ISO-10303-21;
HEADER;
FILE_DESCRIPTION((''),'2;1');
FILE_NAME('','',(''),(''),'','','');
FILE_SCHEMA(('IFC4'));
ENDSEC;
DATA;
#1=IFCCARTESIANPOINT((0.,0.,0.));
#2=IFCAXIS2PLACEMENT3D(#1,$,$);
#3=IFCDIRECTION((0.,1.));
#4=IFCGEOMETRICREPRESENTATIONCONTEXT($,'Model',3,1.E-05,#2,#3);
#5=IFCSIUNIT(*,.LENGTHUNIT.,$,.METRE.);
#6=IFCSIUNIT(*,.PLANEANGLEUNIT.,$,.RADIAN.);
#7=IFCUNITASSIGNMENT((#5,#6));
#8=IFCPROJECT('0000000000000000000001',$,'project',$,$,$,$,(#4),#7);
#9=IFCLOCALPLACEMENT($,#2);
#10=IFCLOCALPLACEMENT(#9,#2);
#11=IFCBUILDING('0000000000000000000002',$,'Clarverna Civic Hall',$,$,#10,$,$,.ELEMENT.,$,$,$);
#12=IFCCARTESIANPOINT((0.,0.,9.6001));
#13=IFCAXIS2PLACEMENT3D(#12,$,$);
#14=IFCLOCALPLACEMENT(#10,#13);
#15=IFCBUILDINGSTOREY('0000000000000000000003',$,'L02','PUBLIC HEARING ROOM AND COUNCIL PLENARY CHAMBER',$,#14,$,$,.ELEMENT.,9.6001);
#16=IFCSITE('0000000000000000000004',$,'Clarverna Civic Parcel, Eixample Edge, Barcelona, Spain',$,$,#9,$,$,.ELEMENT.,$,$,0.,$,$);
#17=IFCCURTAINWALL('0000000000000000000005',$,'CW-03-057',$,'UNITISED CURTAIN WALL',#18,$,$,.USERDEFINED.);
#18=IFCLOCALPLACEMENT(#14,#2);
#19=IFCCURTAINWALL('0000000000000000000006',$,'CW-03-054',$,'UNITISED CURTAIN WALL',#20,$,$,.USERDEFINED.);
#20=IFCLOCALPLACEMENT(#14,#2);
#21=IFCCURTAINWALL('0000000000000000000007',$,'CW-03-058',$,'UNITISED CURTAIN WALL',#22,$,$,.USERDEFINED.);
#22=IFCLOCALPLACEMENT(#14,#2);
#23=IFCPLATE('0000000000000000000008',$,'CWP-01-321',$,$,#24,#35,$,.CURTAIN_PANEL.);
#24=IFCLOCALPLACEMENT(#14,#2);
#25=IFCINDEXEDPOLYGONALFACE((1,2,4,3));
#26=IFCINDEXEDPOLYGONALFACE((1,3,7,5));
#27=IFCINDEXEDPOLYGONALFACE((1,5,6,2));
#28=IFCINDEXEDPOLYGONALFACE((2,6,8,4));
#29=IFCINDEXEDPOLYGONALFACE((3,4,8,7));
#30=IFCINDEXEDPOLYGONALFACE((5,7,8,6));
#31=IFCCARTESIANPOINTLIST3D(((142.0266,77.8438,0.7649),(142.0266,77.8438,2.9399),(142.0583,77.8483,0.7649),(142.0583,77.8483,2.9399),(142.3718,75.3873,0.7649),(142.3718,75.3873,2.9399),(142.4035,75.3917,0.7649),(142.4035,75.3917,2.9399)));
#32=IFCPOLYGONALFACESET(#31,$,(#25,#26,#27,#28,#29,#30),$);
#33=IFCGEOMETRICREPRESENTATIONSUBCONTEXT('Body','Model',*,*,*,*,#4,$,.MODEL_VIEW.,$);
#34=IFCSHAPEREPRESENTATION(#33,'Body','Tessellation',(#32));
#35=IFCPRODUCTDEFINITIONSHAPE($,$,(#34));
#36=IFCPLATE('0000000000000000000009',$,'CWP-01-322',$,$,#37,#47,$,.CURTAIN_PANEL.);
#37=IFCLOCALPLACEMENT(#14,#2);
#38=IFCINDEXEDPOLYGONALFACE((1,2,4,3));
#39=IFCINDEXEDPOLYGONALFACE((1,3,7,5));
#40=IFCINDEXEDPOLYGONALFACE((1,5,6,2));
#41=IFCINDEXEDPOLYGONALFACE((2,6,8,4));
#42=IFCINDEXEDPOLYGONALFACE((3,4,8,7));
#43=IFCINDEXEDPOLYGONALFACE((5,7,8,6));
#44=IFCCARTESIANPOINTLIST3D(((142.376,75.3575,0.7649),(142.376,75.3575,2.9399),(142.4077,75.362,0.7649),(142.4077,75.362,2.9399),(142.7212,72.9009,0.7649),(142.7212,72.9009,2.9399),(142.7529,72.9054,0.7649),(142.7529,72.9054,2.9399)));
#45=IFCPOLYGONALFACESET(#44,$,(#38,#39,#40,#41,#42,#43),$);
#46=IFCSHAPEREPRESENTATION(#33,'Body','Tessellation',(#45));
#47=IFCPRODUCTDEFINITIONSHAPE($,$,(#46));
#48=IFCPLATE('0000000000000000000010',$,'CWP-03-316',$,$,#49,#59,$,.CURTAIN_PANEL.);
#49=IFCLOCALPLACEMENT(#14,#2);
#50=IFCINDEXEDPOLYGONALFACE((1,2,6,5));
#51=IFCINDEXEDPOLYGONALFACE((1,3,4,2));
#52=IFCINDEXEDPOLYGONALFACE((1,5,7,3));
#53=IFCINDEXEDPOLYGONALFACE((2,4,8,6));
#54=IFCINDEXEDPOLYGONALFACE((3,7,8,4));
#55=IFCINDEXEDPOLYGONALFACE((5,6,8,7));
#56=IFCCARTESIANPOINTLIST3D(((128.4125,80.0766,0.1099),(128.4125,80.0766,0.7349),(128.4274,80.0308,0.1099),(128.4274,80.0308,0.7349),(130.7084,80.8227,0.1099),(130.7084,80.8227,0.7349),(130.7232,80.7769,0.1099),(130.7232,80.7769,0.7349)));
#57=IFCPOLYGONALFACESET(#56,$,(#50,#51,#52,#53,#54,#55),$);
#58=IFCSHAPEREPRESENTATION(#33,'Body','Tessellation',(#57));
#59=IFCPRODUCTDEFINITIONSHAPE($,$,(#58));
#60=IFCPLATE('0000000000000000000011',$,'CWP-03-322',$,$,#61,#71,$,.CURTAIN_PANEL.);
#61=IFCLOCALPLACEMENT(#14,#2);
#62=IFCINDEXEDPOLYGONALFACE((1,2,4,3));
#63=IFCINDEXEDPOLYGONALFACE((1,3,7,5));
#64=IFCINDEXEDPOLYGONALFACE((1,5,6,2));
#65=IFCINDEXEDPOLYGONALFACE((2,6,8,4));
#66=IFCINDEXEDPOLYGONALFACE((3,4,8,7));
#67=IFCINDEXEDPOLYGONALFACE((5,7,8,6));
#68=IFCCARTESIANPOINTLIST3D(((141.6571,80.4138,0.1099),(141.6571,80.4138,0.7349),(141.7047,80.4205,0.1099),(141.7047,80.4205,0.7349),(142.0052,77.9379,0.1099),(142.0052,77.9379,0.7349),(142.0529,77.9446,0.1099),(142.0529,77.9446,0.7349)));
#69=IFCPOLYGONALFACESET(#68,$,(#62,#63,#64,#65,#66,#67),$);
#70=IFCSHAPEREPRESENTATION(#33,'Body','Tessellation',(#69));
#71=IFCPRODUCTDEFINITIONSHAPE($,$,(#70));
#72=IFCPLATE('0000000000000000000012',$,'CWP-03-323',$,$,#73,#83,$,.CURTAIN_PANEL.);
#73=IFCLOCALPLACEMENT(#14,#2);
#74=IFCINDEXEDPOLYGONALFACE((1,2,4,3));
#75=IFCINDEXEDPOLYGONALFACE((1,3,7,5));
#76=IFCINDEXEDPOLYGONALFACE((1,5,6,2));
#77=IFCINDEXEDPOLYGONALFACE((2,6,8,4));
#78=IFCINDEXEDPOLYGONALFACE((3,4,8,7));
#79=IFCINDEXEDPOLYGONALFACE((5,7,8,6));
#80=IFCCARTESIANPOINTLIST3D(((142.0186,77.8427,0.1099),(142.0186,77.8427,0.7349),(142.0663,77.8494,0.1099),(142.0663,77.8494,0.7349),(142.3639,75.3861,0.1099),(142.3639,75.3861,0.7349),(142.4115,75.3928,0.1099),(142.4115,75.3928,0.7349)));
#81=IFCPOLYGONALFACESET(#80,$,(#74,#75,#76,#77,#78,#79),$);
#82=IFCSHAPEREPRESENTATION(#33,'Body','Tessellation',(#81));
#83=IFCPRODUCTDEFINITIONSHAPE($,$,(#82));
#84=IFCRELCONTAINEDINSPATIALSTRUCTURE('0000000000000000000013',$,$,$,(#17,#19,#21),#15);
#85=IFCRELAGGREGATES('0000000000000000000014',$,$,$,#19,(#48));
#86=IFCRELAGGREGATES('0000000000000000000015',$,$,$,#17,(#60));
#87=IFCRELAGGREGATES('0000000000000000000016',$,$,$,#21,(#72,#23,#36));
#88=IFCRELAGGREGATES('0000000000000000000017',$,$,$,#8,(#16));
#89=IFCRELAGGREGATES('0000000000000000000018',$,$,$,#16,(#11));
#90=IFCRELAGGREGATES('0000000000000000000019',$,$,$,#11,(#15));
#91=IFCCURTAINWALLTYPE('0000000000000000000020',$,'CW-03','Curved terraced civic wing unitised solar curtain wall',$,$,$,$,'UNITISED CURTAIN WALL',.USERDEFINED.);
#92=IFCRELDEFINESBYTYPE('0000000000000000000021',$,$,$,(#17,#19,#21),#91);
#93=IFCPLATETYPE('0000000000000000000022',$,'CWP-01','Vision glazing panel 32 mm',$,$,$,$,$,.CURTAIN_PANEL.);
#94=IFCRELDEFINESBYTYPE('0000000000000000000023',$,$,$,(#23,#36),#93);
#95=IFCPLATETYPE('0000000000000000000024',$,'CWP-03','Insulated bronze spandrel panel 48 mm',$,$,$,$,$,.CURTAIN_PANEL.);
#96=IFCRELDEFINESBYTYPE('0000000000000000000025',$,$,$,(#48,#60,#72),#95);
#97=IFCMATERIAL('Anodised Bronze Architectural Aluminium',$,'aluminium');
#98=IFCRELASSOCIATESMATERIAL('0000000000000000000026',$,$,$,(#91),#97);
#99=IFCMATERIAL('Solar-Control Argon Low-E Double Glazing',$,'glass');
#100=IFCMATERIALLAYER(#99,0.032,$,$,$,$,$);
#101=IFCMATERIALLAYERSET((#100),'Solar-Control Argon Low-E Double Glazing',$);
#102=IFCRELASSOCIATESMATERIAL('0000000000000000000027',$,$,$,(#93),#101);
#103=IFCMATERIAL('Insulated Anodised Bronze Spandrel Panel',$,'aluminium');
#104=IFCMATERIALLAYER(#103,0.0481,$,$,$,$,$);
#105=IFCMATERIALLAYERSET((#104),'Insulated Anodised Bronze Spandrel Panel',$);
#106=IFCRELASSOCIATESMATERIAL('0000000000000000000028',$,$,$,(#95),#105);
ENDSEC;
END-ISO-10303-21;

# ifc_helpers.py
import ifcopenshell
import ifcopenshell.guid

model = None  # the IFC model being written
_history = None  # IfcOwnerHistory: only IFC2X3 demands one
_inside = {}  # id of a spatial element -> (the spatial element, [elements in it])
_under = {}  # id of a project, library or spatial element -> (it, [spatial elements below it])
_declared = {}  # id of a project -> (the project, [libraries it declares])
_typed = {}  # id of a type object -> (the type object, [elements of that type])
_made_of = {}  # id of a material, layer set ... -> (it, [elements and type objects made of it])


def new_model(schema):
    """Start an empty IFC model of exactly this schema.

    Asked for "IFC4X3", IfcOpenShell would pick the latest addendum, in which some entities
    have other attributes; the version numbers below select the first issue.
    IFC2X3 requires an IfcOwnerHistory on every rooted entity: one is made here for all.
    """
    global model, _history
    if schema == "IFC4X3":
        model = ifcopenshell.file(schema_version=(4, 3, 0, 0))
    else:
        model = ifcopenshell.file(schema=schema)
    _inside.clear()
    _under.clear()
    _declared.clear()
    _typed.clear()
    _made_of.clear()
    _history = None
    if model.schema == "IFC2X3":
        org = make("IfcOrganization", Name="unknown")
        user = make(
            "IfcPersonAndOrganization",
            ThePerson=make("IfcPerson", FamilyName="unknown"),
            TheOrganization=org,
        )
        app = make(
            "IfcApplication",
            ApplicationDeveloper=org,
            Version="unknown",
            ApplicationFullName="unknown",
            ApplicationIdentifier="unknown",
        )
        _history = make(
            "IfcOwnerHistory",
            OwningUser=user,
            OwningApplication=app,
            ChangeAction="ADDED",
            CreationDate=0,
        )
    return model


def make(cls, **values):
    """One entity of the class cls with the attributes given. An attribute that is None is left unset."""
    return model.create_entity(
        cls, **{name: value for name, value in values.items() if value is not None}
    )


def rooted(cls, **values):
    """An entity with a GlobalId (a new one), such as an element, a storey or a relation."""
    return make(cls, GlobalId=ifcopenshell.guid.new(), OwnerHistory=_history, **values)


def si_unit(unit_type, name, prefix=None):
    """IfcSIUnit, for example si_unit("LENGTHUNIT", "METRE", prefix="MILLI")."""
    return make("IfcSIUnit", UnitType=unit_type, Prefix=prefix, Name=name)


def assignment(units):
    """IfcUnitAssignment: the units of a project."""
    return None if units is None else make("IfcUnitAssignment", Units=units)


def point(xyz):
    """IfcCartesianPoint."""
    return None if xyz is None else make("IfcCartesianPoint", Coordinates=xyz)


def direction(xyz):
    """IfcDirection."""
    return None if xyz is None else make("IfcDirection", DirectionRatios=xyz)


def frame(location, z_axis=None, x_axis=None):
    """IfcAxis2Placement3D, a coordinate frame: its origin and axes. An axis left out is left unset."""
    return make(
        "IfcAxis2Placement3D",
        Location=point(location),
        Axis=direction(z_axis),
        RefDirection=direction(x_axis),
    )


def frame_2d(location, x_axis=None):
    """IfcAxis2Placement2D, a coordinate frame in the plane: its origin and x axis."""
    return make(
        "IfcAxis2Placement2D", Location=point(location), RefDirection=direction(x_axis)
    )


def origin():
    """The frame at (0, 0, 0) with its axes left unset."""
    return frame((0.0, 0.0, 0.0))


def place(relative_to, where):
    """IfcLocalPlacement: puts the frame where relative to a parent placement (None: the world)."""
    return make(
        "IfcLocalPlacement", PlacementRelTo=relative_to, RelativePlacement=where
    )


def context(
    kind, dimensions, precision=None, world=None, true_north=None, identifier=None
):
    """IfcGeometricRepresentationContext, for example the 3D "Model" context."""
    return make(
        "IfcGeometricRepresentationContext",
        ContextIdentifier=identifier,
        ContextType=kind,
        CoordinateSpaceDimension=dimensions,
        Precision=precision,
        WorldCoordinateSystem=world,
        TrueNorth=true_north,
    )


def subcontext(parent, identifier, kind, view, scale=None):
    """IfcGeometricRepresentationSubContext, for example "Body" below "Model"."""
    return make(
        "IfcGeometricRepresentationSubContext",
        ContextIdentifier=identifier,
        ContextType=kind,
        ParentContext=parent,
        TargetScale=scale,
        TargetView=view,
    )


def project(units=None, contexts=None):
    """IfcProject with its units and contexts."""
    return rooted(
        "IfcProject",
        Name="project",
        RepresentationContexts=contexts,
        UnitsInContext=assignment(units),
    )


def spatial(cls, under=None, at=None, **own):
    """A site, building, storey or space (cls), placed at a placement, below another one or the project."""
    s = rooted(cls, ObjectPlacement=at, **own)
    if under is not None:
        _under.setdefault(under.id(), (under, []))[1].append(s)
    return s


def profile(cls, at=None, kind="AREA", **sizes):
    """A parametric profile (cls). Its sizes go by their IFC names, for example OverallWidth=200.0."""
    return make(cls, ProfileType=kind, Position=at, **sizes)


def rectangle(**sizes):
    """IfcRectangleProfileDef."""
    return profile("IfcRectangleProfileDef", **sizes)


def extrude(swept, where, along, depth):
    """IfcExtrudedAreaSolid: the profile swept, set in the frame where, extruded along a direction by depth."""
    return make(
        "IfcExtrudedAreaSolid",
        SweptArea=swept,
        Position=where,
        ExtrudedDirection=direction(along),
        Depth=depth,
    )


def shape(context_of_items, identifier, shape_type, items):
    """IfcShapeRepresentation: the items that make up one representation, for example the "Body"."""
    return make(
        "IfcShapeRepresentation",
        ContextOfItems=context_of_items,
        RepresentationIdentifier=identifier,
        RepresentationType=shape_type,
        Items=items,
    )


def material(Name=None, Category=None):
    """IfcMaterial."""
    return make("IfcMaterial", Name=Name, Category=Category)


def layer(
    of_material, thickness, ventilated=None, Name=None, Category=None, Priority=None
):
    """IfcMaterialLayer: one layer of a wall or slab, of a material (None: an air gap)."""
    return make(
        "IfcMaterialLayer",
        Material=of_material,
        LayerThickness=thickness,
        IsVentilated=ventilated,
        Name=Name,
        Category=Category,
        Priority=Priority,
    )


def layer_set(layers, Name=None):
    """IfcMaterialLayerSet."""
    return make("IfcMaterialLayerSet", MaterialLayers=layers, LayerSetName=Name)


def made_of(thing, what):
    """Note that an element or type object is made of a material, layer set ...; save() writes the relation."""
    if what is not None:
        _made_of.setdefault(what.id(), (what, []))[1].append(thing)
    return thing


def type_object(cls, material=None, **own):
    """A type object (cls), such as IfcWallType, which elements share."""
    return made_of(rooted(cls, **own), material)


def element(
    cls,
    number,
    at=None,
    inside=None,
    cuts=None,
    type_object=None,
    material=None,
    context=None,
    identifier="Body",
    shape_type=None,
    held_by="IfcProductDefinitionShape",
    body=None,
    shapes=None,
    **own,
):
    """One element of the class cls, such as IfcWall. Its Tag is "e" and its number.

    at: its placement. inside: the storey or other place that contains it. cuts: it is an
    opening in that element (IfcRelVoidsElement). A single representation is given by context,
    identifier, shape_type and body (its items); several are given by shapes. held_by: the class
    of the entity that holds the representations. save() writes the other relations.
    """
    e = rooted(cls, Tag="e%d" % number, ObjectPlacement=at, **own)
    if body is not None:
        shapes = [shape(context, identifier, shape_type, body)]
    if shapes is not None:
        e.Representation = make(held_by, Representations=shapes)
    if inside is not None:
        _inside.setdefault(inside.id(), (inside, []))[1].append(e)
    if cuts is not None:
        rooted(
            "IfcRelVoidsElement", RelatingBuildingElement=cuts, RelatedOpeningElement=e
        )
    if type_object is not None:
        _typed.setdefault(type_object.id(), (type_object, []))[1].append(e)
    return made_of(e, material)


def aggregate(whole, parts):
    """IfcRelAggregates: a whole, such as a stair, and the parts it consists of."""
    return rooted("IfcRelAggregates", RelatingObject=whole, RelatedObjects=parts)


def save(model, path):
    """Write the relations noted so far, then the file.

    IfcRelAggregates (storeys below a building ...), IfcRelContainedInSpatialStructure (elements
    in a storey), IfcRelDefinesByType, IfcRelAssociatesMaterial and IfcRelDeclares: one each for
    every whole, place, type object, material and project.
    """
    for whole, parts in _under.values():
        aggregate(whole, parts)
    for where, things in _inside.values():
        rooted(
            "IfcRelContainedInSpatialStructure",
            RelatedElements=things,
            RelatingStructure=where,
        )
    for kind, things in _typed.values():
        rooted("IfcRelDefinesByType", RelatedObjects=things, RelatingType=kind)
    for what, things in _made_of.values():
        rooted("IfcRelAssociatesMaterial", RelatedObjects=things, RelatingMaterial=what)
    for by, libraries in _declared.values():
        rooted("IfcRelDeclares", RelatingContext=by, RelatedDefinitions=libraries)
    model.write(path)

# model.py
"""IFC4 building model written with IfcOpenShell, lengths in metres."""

from ifc_helpers import new_model, si_unit, direction, frame, frame_2d, origin, place, context, subcontext, project, spatial, rectangle, extrude, material, layer, layer_set, type_object, element, aggregate, save


model = new_model("IFC4")

# Units and contexts
model_context = context("Model", 3, precision=1e-05, world=origin(), true_north=direction((0.0, 1.0)))
body_context = subcontext(model_context, "Body", "Model", "MODEL_VIEW")
ifc_project = project(units=[si_unit("LENGTHUNIT", "METRE"), si_unit("PLANEANGLEUNIT", "RADIAN")], contexts=[model_context])

# Site, building, storey
site_placement = place(None, origin())
site = spatial("IfcSite", under=ifc_project, at=site_placement, Name="Clarverna Civic Parcel, Eixample Edge, Barcelona, Spain", CompositionType="ELEMENT", RefElevation=0.0)
building_placement = place(site_placement, origin())
building = spatial("IfcBuilding", under=site, at=building_placement, Name="Clarverna Civic Hall", CompositionType="ELEMENT")
storey_placement = place(building_placement, frame((0.0, 0.0, 9.6001)))
storey = spatial("IfcBuildingStorey", under=building, at=storey_placement, Name="L02", Description="PUBLIC HEARING ROOM AND COUNCIL PLENARY CHAMBER", CompositionType="ELEMENT", Elevation=9.6001)

# Curtain walls
ifc_material_1 = material(Name="Anodised Bronze Architectural Aluminium", Category="aluminium")
curtain_wall_type = type_object("IfcCurtainWallType", Name="CW-03", Description="Curved terraced civic wing unitised solar curtain wall", ElementType="UNITISED CURTAIN WALL", PredefinedType="USERDEFINED", material=ifc_material_1)
curtain_wall_1_placement = place(storey_placement, origin())
curtain_wall_1 = element("IfcCurtainWall", 1, at=curtain_wall_1_placement, inside=storey, type_object=curtain_wall_type, Name="CW-03-057", ObjectType="UNITISED CURTAIN WALL", PredefinedType="USERDEFINED")
curtain_wall_2_placement = place(storey_placement, origin())
curtain_wall_2 = element("IfcCurtainWall", 2, at=curtain_wall_2_placement, inside=storey, type_object=curtain_wall_type, Name="CW-03-054", ObjectType="UNITISED CURTAIN WALL", PredefinedType="USERDEFINED")

# Curtain wall
curtain_wall_3_placement = place(storey_placement, origin())
curtain_wall_3 = element("IfcCurtainWall", 3, at=curtain_wall_3_placement, inside=storey, type_object=curtain_wall_type, Name="CW-03-058", ObjectType="UNITISED CURTAIN WALL", PredefinedType="USERDEFINED")

# Plates
ifc_material_2 = material(Name="Solar-Control Argon Low-E Double Glazing", Category="glass")
ifc_layer_1 = layer(ifc_material_2, 0.032)
ifc_layer_set_1 = layer_set([ifc_layer_1], Name="Solar-Control Argon Low-E Double Glazing")
plate_type_1 = type_object("IfcPlateType", Name="CWP-01", Description="Vision glazing panel 32 mm", PredefinedType="CURTAIN_PANEL", material=ifc_layer_set_1)
plate_1_placement = place(storey_placement, frame((142.0425, 77.8459, 0.7649), z_axis=(0.0, 0.0, 1.0), x_axis=(0.139161, -0.99027, 0.0)))
plate_1 = element("IfcPlate", 4, at=plate_1_placement, type_object=plate_type_1, Name="CWP-01-321", PredefinedType="CURTAIN_PANEL", context=body_context, shape_type="SweptSolid", body=[
    extrude(rectangle(XDim=2.4807, YDim=0.032, at=frame_2d((1.2402, 0.0))), origin(), (0.0, 0.0, 1.0), 2.175),
])
plate_2_placement = place(storey_placement, frame((142.3918, 75.3596, 0.7649), z_axis=(0.0, 0.0, 1.0), x_axis=(0.139161, -0.99027, 0.0)))
plate_2 = element("IfcPlate", 5, at=plate_2_placement, type_object=plate_type_1, Name="CWP-01-322", PredefinedType="CURTAIN_PANEL", context=body_context, shape_type="SweptSolid", body=[
    extrude(rectangle(XDim=2.4807, YDim=0.032, at=frame_2d((1.2402, 0.0))), origin(), (0.0, 0.0, 1.0), 2.175),
])
ifc_material_3 = material(Name="Insulated Anodised Bronze Spandrel Panel", Category="aluminium")
ifc_layer_2 = layer(ifc_material_3, 0.0481)
ifc_layer_set_2 = layer_set([ifc_layer_2], Name="Insulated Anodised Bronze Spandrel Panel")
plate_type_2 = type_object("IfcPlateType", Name="CWP-03", Description="Insulated bronze spandrel panel 48 mm", PredefinedType="CURTAIN_PANEL", material=ifc_layer_set_2)
plate_3_placement = place(storey_placement, frame((128.4199, 80.0537, 0.1099), z_axis=(0.0, 0.0, 1.0), x_axis=(0.951043, 0.309059, 0.0)))
plate_3 = element("IfcPlate", 6, at=plate_3_placement, type_object=plate_type_2, Name="CWP-03-316", PredefinedType="CURTAIN_PANEL", context=body_context, shape_type="SweptSolid", body=[
    extrude(rectangle(XDim=2.4141, YDim=0.0481, at=frame_2d((1.207, 0.0))), origin(), (0.0, 0.0, 1.0), 0.625),
])
aggregate(curtain_wall_2, [plate_3])
plate_4_placement = place(storey_placement, frame((141.6809, 80.417, 0.1099), z_axis=(0.0, 0.0, 1.0), x_axis=(0.139247, -0.990258, 0.0)))
plate_4 = element("IfcPlate", 7, at=plate_4_placement, type_object=plate_type_2, Name="CWP-03-322", PredefinedType="CURTAIN_PANEL", context=body_context, shape_type="SweptSolid", body=[
    extrude(rectangle(XDim=2.5002, YDim=0.0481, at=frame_2d((1.25, 0.0))), origin(), (0.0, 0.0, 1.0), 0.625),
])
aggregate(curtain_wall_1, [plate_4])
plate_5_placement = place(storey_placement, frame((142.0425, 77.8459, 0.1099), z_axis=(0.0, 0.0, 1.0), x_axis=(0.139161, -0.99027, 0.0)))
plate_5 = element("IfcPlate", 8, at=plate_5_placement, type_object=plate_type_2, Name="CWP-03-323", PredefinedType="CURTAIN_PANEL", context=body_context, shape_type="SweptSolid", body=[
    extrude(rectangle(XDim=2.4807, YDim=0.0481, at=frame_2d((1.2402, 0.0))), origin(), (0.0, 0.0, 1.0), 0.625),
])
aggregate(curtain_wall_3, [plate_5, plate_1, plate_2])

save(model, "model.ifc")
